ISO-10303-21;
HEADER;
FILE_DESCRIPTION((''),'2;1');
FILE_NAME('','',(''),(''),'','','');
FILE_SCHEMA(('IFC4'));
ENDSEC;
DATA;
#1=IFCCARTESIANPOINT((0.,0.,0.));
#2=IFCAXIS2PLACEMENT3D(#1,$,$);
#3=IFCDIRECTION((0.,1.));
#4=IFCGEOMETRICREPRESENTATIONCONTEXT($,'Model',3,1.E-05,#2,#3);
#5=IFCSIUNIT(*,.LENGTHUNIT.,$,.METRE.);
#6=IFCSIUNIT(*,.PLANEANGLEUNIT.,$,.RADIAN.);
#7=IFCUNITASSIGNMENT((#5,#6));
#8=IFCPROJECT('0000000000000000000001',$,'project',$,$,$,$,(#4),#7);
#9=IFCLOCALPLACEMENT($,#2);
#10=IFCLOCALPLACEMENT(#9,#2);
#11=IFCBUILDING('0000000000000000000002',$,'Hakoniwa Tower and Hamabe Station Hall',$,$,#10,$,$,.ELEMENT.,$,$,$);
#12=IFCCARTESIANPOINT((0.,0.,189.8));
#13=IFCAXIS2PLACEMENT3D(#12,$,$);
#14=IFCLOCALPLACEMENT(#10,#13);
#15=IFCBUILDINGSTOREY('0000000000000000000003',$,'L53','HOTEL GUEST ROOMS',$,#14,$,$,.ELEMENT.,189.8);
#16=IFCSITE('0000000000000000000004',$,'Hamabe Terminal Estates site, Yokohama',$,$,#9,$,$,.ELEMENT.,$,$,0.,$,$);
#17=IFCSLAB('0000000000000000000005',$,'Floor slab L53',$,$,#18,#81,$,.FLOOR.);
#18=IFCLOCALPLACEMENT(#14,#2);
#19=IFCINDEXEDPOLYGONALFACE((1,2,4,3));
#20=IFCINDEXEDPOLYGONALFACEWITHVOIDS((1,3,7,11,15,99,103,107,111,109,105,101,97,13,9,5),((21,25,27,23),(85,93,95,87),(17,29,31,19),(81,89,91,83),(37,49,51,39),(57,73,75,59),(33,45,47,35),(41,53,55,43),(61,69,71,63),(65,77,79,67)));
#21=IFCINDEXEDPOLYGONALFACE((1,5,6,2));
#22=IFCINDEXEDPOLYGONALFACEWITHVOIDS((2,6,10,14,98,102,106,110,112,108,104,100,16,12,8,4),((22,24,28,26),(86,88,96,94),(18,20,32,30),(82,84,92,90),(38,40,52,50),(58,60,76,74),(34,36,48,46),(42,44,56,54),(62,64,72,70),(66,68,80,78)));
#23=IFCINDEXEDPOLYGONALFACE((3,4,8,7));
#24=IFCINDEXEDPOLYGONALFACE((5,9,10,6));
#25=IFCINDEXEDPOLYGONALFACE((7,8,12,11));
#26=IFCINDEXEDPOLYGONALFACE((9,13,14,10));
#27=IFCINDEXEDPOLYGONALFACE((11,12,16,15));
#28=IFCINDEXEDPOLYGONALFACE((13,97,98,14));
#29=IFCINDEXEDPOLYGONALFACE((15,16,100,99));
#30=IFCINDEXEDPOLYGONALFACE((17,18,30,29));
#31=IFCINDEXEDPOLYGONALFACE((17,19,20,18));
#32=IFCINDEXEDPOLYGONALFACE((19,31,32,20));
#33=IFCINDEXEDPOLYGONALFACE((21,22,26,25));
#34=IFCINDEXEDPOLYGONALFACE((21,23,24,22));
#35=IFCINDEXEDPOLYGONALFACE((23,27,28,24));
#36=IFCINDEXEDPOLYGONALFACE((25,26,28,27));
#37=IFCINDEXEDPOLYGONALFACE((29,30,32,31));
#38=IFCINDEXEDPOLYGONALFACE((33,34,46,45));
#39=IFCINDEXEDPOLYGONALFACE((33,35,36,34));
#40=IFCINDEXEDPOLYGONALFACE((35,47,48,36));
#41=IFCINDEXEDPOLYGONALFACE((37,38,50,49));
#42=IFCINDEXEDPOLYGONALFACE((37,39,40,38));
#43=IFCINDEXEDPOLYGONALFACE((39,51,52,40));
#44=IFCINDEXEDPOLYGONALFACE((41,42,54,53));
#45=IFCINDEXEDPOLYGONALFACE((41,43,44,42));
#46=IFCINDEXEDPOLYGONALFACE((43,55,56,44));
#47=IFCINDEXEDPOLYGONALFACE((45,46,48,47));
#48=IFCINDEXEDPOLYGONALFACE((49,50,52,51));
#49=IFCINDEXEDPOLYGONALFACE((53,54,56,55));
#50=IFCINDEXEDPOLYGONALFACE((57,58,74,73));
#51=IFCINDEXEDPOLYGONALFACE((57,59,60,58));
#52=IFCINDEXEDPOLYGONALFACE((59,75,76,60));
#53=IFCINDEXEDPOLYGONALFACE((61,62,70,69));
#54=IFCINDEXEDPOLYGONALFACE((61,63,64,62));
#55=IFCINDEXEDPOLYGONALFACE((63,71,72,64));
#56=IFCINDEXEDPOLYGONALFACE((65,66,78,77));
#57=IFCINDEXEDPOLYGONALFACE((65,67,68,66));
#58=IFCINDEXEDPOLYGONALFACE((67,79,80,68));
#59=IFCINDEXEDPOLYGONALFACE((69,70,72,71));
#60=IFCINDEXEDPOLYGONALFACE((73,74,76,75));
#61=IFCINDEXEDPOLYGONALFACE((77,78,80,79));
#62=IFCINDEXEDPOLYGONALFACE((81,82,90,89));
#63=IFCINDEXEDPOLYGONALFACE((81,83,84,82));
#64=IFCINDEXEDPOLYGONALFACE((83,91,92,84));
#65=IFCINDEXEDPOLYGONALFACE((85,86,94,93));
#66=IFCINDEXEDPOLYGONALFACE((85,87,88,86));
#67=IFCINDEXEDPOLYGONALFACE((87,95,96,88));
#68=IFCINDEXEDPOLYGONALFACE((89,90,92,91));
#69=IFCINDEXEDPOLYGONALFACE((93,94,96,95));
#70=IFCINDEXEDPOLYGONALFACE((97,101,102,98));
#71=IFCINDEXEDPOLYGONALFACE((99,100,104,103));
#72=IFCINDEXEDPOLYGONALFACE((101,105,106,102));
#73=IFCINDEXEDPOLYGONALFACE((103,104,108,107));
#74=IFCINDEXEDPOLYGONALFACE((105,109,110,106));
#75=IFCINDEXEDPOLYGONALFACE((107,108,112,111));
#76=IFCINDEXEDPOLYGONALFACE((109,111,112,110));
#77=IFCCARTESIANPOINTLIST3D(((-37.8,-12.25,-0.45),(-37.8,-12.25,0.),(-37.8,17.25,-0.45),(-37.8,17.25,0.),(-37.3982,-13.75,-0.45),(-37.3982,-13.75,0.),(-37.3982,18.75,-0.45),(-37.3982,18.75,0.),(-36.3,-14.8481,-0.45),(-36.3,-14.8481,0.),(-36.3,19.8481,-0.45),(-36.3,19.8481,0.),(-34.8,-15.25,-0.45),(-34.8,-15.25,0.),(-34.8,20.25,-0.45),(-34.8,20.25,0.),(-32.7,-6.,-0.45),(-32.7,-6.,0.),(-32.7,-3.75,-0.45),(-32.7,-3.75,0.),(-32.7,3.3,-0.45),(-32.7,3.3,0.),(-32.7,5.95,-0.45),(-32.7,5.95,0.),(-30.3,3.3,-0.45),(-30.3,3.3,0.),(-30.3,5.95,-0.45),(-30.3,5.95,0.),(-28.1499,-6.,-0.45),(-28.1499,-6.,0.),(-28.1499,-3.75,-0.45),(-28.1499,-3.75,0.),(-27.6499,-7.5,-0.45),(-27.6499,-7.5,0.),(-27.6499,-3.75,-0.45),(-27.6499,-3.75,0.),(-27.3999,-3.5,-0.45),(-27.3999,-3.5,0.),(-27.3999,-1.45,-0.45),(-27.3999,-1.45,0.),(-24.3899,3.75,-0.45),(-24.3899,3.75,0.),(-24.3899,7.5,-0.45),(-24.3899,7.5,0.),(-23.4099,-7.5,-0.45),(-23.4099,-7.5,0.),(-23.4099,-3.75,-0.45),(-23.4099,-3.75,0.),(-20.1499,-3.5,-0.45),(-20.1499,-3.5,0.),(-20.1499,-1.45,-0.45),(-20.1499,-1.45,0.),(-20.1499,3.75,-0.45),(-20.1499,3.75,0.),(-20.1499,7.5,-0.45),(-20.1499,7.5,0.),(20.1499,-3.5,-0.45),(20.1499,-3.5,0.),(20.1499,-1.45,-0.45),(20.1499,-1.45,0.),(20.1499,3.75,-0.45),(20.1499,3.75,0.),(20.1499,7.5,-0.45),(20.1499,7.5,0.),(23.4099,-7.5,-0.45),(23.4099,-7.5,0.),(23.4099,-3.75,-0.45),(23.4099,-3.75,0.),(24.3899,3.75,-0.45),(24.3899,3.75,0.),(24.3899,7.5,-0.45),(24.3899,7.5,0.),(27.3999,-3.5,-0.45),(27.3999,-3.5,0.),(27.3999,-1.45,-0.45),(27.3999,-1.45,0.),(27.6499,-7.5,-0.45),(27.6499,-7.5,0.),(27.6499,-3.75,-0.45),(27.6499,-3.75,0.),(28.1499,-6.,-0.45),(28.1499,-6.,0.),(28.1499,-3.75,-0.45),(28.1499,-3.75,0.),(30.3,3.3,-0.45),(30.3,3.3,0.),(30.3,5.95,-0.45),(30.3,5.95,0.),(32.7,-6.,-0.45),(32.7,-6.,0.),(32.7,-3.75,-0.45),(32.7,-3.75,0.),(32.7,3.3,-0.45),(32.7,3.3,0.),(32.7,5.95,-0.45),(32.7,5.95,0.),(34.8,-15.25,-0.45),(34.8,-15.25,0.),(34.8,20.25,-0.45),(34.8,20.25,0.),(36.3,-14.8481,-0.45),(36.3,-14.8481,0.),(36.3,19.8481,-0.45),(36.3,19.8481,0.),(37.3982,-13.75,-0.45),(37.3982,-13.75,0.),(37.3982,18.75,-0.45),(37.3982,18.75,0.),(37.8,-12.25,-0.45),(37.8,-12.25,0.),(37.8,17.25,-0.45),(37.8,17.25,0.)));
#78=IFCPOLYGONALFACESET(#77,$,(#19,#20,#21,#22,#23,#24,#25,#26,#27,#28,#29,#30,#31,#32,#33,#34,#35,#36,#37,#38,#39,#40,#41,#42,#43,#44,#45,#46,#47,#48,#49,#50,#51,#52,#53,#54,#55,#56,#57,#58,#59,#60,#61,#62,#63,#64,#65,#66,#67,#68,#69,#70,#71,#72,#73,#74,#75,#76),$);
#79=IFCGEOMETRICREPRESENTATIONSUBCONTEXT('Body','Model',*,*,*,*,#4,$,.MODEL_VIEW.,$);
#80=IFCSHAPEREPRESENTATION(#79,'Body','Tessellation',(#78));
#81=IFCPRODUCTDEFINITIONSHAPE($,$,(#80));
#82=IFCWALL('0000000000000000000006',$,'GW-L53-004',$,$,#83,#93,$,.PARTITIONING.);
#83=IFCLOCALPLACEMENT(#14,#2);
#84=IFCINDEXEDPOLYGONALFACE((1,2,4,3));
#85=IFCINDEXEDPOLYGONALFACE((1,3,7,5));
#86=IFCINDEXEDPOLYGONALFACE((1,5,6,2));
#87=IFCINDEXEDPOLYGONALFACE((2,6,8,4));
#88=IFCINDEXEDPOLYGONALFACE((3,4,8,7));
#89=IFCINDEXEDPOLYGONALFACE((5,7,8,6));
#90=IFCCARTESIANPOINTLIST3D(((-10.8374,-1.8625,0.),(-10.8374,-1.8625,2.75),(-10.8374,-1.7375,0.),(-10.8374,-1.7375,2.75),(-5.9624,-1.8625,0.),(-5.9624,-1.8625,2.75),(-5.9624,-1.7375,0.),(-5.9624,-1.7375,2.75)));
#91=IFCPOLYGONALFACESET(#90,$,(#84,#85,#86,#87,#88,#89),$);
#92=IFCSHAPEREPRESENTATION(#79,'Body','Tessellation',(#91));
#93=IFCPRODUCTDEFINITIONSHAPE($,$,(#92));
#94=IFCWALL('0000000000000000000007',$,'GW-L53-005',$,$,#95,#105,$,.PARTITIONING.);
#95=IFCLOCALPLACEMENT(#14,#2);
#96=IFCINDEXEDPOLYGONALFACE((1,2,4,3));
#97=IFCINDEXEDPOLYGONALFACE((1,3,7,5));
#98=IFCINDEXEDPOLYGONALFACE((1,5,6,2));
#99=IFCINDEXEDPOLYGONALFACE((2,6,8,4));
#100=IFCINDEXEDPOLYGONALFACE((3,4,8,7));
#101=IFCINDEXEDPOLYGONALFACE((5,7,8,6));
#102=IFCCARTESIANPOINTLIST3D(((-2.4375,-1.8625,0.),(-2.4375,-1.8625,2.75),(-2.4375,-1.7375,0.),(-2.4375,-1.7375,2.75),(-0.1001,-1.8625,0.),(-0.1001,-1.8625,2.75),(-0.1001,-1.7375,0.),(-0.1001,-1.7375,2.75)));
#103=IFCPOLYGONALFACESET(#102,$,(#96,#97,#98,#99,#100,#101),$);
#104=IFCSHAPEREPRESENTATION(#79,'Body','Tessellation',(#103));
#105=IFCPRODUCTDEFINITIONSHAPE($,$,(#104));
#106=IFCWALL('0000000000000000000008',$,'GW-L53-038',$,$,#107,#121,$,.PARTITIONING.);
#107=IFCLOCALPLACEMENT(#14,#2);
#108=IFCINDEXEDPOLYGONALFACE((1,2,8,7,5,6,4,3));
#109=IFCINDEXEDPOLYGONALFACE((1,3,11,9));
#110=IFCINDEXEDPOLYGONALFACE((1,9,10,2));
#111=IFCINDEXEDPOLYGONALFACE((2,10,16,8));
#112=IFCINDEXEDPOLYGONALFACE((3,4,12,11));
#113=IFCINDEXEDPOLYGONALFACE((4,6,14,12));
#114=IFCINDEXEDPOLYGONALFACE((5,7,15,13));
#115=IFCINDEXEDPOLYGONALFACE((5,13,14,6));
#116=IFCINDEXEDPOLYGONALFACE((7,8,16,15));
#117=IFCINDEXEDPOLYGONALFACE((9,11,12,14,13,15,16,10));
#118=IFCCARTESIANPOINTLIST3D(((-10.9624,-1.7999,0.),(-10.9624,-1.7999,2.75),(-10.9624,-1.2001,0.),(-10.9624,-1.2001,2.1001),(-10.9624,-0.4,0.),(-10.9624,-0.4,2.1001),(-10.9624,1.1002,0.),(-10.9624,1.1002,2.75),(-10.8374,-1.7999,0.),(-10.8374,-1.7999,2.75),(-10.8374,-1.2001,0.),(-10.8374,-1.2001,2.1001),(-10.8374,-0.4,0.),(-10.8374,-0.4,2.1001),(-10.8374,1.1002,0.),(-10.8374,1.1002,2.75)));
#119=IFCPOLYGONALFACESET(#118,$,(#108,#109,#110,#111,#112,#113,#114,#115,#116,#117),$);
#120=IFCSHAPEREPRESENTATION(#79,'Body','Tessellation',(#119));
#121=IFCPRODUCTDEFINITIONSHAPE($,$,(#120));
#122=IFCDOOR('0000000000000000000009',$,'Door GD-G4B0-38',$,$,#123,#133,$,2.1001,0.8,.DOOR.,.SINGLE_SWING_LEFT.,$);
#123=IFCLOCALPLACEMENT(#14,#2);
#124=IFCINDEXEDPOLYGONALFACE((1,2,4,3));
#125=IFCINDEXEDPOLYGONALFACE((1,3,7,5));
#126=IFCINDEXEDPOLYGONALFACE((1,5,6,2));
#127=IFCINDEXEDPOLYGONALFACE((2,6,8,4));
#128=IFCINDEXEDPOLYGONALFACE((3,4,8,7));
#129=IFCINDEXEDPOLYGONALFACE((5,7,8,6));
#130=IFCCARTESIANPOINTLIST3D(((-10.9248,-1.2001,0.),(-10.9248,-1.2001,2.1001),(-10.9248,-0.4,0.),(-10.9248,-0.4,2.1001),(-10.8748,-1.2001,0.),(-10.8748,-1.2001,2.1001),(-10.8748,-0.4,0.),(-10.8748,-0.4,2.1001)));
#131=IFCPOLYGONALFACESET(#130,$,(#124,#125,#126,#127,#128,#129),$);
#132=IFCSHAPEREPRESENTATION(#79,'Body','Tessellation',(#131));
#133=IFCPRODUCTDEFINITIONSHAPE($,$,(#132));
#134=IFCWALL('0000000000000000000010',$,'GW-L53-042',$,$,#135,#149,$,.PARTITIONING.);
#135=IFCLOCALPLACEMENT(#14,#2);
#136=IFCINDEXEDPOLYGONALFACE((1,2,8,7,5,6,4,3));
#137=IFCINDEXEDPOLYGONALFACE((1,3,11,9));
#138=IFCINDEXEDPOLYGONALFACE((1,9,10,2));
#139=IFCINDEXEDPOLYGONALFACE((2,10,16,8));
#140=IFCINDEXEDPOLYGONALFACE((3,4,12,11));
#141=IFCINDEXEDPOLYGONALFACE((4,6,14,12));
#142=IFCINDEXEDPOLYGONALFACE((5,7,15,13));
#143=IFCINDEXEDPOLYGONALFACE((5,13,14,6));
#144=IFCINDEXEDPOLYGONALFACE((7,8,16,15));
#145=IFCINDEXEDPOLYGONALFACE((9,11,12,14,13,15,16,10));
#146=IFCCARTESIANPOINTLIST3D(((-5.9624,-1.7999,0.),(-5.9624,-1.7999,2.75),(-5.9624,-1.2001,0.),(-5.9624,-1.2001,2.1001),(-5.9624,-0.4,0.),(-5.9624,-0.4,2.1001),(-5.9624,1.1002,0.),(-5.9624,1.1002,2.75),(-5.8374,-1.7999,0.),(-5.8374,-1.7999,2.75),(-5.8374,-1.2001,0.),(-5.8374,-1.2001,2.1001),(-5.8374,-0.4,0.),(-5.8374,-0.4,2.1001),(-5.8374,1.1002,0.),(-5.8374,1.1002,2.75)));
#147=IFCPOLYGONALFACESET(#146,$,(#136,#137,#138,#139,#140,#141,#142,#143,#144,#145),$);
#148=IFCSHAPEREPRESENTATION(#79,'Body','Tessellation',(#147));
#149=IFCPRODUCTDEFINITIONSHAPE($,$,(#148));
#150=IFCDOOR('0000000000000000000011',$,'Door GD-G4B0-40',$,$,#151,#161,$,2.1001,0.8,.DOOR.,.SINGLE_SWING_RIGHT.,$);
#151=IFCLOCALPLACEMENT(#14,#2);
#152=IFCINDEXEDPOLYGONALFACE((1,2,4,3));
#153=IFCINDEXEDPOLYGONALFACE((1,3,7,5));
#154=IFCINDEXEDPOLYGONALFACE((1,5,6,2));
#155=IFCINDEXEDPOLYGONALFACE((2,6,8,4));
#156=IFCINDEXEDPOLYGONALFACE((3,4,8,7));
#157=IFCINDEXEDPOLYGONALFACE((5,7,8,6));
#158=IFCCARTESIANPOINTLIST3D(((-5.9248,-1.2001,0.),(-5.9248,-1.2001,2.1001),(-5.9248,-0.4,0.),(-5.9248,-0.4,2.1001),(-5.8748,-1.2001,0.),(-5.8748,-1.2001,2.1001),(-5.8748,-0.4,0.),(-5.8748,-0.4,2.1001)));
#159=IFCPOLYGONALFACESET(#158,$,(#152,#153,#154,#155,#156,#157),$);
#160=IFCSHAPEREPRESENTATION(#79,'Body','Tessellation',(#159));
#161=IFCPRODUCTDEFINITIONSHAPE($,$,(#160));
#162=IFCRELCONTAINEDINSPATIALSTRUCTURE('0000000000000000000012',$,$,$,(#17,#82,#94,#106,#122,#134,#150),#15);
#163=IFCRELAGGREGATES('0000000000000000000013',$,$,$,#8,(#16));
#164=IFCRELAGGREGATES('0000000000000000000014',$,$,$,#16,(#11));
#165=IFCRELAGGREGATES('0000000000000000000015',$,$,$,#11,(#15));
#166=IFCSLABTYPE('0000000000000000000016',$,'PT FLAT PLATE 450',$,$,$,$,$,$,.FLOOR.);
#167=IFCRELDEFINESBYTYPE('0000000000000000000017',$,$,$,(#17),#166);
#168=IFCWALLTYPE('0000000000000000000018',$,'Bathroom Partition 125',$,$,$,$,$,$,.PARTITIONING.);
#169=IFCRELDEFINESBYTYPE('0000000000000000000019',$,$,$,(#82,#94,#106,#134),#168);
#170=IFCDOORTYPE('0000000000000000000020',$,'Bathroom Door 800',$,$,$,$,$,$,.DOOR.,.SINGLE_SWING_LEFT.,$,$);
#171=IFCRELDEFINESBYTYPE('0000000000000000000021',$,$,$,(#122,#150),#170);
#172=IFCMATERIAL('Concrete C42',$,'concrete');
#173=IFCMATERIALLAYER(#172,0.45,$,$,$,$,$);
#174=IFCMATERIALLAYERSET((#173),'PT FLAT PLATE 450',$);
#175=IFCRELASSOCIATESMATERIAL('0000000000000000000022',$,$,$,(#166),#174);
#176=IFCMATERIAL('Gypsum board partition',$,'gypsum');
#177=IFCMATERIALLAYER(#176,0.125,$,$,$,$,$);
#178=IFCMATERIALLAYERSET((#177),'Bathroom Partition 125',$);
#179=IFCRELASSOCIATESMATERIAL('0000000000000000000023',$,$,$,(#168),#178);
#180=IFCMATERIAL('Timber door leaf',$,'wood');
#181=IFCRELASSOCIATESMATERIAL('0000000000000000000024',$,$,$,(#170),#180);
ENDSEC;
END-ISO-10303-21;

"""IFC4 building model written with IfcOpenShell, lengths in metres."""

from ifc_helpers import new_model, si_unit, direction, frame, frame_2d, origin, place, context, subcontext, project, spatial, polyline, rectangle, outline, extrude, material, layer, layer_set, type_object, element, fill, save


model = new_model("IFC4")

# Units and contexts
model_context = context("Model", 3, precision=1e-05, world=origin(), true_north=direction((0.0, 1.0)))
body_context = subcontext(model_context, "Body", "Model", "MODEL_VIEW")
ifc_project = project(units=[si_unit("LENGTHUNIT", "METRE"), si_unit("PLANEANGLEUNIT", "RADIAN")], contexts=[model_context])

# Site, building, storey
site_placement = place(None, origin())
site = spatial("IfcSite", under=ifc_project, at=site_placement, Name="Hamabe Terminal Estates site, Yokohama", CompositionType="ELEMENT", RefElevation=0.0)
building_placement = place(site_placement, origin())
building = spatial("IfcBuilding", under=site, at=building_placement, Name="Hakoniwa Tower and Hamabe Station Hall", CompositionType="ELEMENT")
storey_placement = place(building_placement, frame((0.0, 0.0, 189.8)))
storey = spatial("IfcBuildingStorey", under=building, at=storey_placement, Name="L53", Description="HOTEL GUEST ROOMS", CompositionType="ELEMENT", Elevation=189.8)

# Slab
ifc_material_1 = material(Name="Concrete C42", Category="concrete")
ifc_layer_1 = layer(ifc_material_1, 0.45)
ifc_layer_set_1 = layer_set([ifc_layer_1], Name="PT FLAT PLATE 450")
slab_type = type_object("IfcSlabType", Name="PT FLAT PLATE 450", PredefinedType="FLOOR", material=ifc_layer_set_1)
slab_placement = place(storey_placement, frame((0.0, 0.0, -0.45)))
element("IfcSlab", 1, at=slab_placement, inside=storey, type_object=slab_type, Name="Floor slab L53", PredefinedType="FLOOR", context=body_context, shape_type="SweptSolid", body=[
    extrude(outline(polyline([(37.8, -12.25), (37.8, 17.25), (37.3982, 18.75), (36.3, 19.8481), (34.8, 20.25), (-34.8, 20.25), (-36.3, 19.8481), (-37.3982, 18.75), (-37.8, 17.25), (-37.8, -12.25), (-37.3982, -13.75), (-36.3, -14.8481), (-34.8, -15.25), (34.8, -15.25), (36.3, -14.8481), (37.3982, -13.75), (37.8, -12.25)]), holes=[polyline([(-27.3999, -3.5), (-27.3999, -1.45), (-20.1499, -1.45), (-20.1499, -3.5), (-27.3999, -3.5)]), polyline([(-32.7, 3.3), (-32.7, 5.95), (-30.3, 5.95), (-30.3, 3.3), (-32.7, 3.3)]), polyline([(-32.7, -6.0), (-32.7, -3.75), (-28.1499, -3.75), (-28.1499, -6.0), (-32.7, -6.0)]), polyline([(-24.3899, 3.75), (-24.3899, 7.5), (-20.1499, 7.5), (-20.1499, 3.75), (-24.3899, 3.75)]), polyline([(-27.6499, -7.5), (-27.6499, -3.75), (-23.4099, -3.75), (-23.4099, -7.5), (-27.6499, -7.5)]), polyline([(20.1499, -3.5), (20.1499, -1.45), (27.3999, -1.45), (27.3999, -3.5), (20.1499, -3.5)]), polyline([(30.3, 3.3), (30.3, 5.95), (32.7, 5.95), (32.7, 3.3), (30.3, 3.3)]), polyline([(28.1499, -6.0), (28.1499, -3.75), (32.7, -3.75), (32.7, -6.0), (28.1499, -6.0)]), polyline([(20.1499, 3.75), (20.1499, 7.5), (24.3899, 7.5), (24.3899, 3.75), (20.1499, 3.75)]), polyline([(23.4099, -7.5), (23.4099, -3.75), (27.6499, -3.75), (27.6499, -7.5), (23.4099, -7.5)])]), origin(), (0.0, 0.0, 1.0), 0.45),
])

# Walls
ifc_material_2 = material(Name="Gypsum board partition", Category="gypsum")
ifc_layer_2 = layer(ifc_material_2, 0.125)
ifc_layer_set_2 = layer_set([ifc_layer_2], Name="Bathroom Partition 125")
wall_type_1 = type_object("IfcWallType", Name="Bathroom Partition 125", PredefinedType="PARTITIONING", material=ifc_layer_set_2)
wall_1_placement = place(storey_placement, frame((-10.8374, -1.8, 0.0), z_axis=(0.0, 0.0, 1.0), x_axis=(1.0, 0.0, 0.0)))
element("IfcWall", 2, at=wall_1_placement, inside=storey, type_object=wall_type_1, Name="GW-L53-004", PredefinedType="PARTITIONING", context=body_context, shape_type="SweptSolid", body=[
    extrude(rectangle(XDim=4.875, YDim=0.125, at=frame_2d((2.4375, 0.0))), origin(), (0.0, 0.0, 1.0), 2.75),
])
wall_2_placement = place(storey_placement, frame((-2.4375, -1.8, 0.0), z_axis=(0.0, 0.0, 1.0), x_axis=(1.0, 0.0, 0.0)))
element("IfcWall", 3, at=wall_2_placement, inside=storey, type_object=wall_type_1, Name="GW-L53-005", PredefinedType="PARTITIONING", context=body_context, shape_type="SweptSolid", body=[
    extrude(rectangle(XDim=2.3374, YDim=0.125, at=frame_2d((1.1687, 0.0))), origin(), (0.0, 0.0, 1.0), 2.75),
])

# Walls, openings, doors
wall_3_placement = place(storey_placement, frame((-10.8999, -1.8, 0.0), z_axis=(0.0, 0.0, 1.0), x_axis=(0.0, 1.0, 0.0)))
wall_3 = element("IfcWall", 4, at=wall_3_placement, inside=storey, type_object=wall_type_1, Name="GW-L53-038", PredefinedType="PARTITIONING", context=body_context, shape_type="SweptSolid", body=[
    extrude(rectangle(XDim=2.9001, YDim=0.125, at=frame_2d((1.4502, 0.0))), origin(), (0.0, 0.0, 1.0), 2.75),
])
opening_1_placement = place(wall_3_placement, frame((0.6001, 0.0, 0.0)))
opening_1 = element("IfcOpeningElement", 5, at=opening_1_placement, cuts=wall_3, PredefinedType="OPENING", context=body_context, shape_type="SweptSolid", body=[
    extrude(rectangle(XDim=0.8, YDim=2.1001, at=frame_2d((0.3999, 1.05))), frame((0.0, 0.0725, 0.0), z_axis=(0.0, -1.0, 0.0), x_axis=(1.0, 0.0, 0.0)), (0.0, 0.0, 1.0), 0.145),
])
ifc_material_3 = material(Name="Timber door leaf", Category="wood")
door_type = type_object("IfcDoorType", Name="Bathroom Door 800", OperationType="SINGLE_SWING_LEFT", PredefinedType="DOOR", material=ifc_material_3)
door_1_placement = place(opening_1_placement, origin())
door_1 = element("IfcDoor", 6, at=door_1_placement, inside=storey, type_object=door_type, Name="Door GD-G4B0-38", OperationType="SINGLE_SWING_LEFT", OverallHeight=2.1001, OverallWidth=0.8, PredefinedType="DOOR", context=body_context, shape_type="SweptSolid", body=[
    extrude(rectangle(XDim=0.8, YDim=2.1001, at=frame_2d((0.3999, 1.05))), frame((0.0, 0.0249, 0.0), z_axis=(0.0, -1.0, 0.0), x_axis=(1.0, 0.0, 0.0)), (0.0, 0.0, 1.0), 0.05),
])
fill(opening_1, door_1)
wall_4_placement = place(storey_placement, frame((-5.8999, -1.8, 0.0), z_axis=(0.0, 0.0, 1.0), x_axis=(0.0, 1.0, 0.0)))
wall_4 = element("IfcWall", 7, at=wall_4_placement, inside=storey, type_object=wall_type_1, Name="GW-L53-042", PredefinedType="PARTITIONING", context=body_context, shape_type="SweptSolid", body=[
    extrude(rectangle(XDim=2.9001, YDim=0.125, at=frame_2d((1.4502, 0.0))), origin(), (0.0, 0.0, 1.0), 2.75),
])
opening_2_placement = place(wall_4_placement, frame((0.6001, 0.0, 0.0)))
opening_2 = element("IfcOpeningElement", 8, at=opening_2_placement, cuts=wall_4, PredefinedType="OPENING", context=body_context, shape_type="SweptSolid", body=[
    extrude(rectangle(XDim=0.8, YDim=2.1001, at=frame_2d((0.3999, 1.05))), frame((0.0, 0.0725, 0.0), z_axis=(0.0, -1.0, 0.0), x_axis=(1.0, 0.0, 0.0)), (0.0, 0.0, 1.0), 0.145),
])
door_2_placement = place(opening_2_placement, origin())
door_2 = element("IfcDoor", 9, at=door_2_placement, inside=storey, type_object=door_type, Name="Door GD-G4B0-40", OperationType="SINGLE_SWING_RIGHT", OverallHeight=2.1001, OverallWidth=0.8, PredefinedType="DOOR", context=body_context, shape_type="SweptSolid", body=[
    extrude(rectangle(XDim=0.8, YDim=2.1001, at=frame_2d((0.3999, 1.05))), frame((0.0, 0.0249, 0.0), z_axis=(0.0, -1.0, 0.0), x_axis=(1.0, 0.0, 0.0)), (0.0, 0.0, 1.0), 0.05),
])
fill(opening_2, door_2)

save(model, "model.ifc")
